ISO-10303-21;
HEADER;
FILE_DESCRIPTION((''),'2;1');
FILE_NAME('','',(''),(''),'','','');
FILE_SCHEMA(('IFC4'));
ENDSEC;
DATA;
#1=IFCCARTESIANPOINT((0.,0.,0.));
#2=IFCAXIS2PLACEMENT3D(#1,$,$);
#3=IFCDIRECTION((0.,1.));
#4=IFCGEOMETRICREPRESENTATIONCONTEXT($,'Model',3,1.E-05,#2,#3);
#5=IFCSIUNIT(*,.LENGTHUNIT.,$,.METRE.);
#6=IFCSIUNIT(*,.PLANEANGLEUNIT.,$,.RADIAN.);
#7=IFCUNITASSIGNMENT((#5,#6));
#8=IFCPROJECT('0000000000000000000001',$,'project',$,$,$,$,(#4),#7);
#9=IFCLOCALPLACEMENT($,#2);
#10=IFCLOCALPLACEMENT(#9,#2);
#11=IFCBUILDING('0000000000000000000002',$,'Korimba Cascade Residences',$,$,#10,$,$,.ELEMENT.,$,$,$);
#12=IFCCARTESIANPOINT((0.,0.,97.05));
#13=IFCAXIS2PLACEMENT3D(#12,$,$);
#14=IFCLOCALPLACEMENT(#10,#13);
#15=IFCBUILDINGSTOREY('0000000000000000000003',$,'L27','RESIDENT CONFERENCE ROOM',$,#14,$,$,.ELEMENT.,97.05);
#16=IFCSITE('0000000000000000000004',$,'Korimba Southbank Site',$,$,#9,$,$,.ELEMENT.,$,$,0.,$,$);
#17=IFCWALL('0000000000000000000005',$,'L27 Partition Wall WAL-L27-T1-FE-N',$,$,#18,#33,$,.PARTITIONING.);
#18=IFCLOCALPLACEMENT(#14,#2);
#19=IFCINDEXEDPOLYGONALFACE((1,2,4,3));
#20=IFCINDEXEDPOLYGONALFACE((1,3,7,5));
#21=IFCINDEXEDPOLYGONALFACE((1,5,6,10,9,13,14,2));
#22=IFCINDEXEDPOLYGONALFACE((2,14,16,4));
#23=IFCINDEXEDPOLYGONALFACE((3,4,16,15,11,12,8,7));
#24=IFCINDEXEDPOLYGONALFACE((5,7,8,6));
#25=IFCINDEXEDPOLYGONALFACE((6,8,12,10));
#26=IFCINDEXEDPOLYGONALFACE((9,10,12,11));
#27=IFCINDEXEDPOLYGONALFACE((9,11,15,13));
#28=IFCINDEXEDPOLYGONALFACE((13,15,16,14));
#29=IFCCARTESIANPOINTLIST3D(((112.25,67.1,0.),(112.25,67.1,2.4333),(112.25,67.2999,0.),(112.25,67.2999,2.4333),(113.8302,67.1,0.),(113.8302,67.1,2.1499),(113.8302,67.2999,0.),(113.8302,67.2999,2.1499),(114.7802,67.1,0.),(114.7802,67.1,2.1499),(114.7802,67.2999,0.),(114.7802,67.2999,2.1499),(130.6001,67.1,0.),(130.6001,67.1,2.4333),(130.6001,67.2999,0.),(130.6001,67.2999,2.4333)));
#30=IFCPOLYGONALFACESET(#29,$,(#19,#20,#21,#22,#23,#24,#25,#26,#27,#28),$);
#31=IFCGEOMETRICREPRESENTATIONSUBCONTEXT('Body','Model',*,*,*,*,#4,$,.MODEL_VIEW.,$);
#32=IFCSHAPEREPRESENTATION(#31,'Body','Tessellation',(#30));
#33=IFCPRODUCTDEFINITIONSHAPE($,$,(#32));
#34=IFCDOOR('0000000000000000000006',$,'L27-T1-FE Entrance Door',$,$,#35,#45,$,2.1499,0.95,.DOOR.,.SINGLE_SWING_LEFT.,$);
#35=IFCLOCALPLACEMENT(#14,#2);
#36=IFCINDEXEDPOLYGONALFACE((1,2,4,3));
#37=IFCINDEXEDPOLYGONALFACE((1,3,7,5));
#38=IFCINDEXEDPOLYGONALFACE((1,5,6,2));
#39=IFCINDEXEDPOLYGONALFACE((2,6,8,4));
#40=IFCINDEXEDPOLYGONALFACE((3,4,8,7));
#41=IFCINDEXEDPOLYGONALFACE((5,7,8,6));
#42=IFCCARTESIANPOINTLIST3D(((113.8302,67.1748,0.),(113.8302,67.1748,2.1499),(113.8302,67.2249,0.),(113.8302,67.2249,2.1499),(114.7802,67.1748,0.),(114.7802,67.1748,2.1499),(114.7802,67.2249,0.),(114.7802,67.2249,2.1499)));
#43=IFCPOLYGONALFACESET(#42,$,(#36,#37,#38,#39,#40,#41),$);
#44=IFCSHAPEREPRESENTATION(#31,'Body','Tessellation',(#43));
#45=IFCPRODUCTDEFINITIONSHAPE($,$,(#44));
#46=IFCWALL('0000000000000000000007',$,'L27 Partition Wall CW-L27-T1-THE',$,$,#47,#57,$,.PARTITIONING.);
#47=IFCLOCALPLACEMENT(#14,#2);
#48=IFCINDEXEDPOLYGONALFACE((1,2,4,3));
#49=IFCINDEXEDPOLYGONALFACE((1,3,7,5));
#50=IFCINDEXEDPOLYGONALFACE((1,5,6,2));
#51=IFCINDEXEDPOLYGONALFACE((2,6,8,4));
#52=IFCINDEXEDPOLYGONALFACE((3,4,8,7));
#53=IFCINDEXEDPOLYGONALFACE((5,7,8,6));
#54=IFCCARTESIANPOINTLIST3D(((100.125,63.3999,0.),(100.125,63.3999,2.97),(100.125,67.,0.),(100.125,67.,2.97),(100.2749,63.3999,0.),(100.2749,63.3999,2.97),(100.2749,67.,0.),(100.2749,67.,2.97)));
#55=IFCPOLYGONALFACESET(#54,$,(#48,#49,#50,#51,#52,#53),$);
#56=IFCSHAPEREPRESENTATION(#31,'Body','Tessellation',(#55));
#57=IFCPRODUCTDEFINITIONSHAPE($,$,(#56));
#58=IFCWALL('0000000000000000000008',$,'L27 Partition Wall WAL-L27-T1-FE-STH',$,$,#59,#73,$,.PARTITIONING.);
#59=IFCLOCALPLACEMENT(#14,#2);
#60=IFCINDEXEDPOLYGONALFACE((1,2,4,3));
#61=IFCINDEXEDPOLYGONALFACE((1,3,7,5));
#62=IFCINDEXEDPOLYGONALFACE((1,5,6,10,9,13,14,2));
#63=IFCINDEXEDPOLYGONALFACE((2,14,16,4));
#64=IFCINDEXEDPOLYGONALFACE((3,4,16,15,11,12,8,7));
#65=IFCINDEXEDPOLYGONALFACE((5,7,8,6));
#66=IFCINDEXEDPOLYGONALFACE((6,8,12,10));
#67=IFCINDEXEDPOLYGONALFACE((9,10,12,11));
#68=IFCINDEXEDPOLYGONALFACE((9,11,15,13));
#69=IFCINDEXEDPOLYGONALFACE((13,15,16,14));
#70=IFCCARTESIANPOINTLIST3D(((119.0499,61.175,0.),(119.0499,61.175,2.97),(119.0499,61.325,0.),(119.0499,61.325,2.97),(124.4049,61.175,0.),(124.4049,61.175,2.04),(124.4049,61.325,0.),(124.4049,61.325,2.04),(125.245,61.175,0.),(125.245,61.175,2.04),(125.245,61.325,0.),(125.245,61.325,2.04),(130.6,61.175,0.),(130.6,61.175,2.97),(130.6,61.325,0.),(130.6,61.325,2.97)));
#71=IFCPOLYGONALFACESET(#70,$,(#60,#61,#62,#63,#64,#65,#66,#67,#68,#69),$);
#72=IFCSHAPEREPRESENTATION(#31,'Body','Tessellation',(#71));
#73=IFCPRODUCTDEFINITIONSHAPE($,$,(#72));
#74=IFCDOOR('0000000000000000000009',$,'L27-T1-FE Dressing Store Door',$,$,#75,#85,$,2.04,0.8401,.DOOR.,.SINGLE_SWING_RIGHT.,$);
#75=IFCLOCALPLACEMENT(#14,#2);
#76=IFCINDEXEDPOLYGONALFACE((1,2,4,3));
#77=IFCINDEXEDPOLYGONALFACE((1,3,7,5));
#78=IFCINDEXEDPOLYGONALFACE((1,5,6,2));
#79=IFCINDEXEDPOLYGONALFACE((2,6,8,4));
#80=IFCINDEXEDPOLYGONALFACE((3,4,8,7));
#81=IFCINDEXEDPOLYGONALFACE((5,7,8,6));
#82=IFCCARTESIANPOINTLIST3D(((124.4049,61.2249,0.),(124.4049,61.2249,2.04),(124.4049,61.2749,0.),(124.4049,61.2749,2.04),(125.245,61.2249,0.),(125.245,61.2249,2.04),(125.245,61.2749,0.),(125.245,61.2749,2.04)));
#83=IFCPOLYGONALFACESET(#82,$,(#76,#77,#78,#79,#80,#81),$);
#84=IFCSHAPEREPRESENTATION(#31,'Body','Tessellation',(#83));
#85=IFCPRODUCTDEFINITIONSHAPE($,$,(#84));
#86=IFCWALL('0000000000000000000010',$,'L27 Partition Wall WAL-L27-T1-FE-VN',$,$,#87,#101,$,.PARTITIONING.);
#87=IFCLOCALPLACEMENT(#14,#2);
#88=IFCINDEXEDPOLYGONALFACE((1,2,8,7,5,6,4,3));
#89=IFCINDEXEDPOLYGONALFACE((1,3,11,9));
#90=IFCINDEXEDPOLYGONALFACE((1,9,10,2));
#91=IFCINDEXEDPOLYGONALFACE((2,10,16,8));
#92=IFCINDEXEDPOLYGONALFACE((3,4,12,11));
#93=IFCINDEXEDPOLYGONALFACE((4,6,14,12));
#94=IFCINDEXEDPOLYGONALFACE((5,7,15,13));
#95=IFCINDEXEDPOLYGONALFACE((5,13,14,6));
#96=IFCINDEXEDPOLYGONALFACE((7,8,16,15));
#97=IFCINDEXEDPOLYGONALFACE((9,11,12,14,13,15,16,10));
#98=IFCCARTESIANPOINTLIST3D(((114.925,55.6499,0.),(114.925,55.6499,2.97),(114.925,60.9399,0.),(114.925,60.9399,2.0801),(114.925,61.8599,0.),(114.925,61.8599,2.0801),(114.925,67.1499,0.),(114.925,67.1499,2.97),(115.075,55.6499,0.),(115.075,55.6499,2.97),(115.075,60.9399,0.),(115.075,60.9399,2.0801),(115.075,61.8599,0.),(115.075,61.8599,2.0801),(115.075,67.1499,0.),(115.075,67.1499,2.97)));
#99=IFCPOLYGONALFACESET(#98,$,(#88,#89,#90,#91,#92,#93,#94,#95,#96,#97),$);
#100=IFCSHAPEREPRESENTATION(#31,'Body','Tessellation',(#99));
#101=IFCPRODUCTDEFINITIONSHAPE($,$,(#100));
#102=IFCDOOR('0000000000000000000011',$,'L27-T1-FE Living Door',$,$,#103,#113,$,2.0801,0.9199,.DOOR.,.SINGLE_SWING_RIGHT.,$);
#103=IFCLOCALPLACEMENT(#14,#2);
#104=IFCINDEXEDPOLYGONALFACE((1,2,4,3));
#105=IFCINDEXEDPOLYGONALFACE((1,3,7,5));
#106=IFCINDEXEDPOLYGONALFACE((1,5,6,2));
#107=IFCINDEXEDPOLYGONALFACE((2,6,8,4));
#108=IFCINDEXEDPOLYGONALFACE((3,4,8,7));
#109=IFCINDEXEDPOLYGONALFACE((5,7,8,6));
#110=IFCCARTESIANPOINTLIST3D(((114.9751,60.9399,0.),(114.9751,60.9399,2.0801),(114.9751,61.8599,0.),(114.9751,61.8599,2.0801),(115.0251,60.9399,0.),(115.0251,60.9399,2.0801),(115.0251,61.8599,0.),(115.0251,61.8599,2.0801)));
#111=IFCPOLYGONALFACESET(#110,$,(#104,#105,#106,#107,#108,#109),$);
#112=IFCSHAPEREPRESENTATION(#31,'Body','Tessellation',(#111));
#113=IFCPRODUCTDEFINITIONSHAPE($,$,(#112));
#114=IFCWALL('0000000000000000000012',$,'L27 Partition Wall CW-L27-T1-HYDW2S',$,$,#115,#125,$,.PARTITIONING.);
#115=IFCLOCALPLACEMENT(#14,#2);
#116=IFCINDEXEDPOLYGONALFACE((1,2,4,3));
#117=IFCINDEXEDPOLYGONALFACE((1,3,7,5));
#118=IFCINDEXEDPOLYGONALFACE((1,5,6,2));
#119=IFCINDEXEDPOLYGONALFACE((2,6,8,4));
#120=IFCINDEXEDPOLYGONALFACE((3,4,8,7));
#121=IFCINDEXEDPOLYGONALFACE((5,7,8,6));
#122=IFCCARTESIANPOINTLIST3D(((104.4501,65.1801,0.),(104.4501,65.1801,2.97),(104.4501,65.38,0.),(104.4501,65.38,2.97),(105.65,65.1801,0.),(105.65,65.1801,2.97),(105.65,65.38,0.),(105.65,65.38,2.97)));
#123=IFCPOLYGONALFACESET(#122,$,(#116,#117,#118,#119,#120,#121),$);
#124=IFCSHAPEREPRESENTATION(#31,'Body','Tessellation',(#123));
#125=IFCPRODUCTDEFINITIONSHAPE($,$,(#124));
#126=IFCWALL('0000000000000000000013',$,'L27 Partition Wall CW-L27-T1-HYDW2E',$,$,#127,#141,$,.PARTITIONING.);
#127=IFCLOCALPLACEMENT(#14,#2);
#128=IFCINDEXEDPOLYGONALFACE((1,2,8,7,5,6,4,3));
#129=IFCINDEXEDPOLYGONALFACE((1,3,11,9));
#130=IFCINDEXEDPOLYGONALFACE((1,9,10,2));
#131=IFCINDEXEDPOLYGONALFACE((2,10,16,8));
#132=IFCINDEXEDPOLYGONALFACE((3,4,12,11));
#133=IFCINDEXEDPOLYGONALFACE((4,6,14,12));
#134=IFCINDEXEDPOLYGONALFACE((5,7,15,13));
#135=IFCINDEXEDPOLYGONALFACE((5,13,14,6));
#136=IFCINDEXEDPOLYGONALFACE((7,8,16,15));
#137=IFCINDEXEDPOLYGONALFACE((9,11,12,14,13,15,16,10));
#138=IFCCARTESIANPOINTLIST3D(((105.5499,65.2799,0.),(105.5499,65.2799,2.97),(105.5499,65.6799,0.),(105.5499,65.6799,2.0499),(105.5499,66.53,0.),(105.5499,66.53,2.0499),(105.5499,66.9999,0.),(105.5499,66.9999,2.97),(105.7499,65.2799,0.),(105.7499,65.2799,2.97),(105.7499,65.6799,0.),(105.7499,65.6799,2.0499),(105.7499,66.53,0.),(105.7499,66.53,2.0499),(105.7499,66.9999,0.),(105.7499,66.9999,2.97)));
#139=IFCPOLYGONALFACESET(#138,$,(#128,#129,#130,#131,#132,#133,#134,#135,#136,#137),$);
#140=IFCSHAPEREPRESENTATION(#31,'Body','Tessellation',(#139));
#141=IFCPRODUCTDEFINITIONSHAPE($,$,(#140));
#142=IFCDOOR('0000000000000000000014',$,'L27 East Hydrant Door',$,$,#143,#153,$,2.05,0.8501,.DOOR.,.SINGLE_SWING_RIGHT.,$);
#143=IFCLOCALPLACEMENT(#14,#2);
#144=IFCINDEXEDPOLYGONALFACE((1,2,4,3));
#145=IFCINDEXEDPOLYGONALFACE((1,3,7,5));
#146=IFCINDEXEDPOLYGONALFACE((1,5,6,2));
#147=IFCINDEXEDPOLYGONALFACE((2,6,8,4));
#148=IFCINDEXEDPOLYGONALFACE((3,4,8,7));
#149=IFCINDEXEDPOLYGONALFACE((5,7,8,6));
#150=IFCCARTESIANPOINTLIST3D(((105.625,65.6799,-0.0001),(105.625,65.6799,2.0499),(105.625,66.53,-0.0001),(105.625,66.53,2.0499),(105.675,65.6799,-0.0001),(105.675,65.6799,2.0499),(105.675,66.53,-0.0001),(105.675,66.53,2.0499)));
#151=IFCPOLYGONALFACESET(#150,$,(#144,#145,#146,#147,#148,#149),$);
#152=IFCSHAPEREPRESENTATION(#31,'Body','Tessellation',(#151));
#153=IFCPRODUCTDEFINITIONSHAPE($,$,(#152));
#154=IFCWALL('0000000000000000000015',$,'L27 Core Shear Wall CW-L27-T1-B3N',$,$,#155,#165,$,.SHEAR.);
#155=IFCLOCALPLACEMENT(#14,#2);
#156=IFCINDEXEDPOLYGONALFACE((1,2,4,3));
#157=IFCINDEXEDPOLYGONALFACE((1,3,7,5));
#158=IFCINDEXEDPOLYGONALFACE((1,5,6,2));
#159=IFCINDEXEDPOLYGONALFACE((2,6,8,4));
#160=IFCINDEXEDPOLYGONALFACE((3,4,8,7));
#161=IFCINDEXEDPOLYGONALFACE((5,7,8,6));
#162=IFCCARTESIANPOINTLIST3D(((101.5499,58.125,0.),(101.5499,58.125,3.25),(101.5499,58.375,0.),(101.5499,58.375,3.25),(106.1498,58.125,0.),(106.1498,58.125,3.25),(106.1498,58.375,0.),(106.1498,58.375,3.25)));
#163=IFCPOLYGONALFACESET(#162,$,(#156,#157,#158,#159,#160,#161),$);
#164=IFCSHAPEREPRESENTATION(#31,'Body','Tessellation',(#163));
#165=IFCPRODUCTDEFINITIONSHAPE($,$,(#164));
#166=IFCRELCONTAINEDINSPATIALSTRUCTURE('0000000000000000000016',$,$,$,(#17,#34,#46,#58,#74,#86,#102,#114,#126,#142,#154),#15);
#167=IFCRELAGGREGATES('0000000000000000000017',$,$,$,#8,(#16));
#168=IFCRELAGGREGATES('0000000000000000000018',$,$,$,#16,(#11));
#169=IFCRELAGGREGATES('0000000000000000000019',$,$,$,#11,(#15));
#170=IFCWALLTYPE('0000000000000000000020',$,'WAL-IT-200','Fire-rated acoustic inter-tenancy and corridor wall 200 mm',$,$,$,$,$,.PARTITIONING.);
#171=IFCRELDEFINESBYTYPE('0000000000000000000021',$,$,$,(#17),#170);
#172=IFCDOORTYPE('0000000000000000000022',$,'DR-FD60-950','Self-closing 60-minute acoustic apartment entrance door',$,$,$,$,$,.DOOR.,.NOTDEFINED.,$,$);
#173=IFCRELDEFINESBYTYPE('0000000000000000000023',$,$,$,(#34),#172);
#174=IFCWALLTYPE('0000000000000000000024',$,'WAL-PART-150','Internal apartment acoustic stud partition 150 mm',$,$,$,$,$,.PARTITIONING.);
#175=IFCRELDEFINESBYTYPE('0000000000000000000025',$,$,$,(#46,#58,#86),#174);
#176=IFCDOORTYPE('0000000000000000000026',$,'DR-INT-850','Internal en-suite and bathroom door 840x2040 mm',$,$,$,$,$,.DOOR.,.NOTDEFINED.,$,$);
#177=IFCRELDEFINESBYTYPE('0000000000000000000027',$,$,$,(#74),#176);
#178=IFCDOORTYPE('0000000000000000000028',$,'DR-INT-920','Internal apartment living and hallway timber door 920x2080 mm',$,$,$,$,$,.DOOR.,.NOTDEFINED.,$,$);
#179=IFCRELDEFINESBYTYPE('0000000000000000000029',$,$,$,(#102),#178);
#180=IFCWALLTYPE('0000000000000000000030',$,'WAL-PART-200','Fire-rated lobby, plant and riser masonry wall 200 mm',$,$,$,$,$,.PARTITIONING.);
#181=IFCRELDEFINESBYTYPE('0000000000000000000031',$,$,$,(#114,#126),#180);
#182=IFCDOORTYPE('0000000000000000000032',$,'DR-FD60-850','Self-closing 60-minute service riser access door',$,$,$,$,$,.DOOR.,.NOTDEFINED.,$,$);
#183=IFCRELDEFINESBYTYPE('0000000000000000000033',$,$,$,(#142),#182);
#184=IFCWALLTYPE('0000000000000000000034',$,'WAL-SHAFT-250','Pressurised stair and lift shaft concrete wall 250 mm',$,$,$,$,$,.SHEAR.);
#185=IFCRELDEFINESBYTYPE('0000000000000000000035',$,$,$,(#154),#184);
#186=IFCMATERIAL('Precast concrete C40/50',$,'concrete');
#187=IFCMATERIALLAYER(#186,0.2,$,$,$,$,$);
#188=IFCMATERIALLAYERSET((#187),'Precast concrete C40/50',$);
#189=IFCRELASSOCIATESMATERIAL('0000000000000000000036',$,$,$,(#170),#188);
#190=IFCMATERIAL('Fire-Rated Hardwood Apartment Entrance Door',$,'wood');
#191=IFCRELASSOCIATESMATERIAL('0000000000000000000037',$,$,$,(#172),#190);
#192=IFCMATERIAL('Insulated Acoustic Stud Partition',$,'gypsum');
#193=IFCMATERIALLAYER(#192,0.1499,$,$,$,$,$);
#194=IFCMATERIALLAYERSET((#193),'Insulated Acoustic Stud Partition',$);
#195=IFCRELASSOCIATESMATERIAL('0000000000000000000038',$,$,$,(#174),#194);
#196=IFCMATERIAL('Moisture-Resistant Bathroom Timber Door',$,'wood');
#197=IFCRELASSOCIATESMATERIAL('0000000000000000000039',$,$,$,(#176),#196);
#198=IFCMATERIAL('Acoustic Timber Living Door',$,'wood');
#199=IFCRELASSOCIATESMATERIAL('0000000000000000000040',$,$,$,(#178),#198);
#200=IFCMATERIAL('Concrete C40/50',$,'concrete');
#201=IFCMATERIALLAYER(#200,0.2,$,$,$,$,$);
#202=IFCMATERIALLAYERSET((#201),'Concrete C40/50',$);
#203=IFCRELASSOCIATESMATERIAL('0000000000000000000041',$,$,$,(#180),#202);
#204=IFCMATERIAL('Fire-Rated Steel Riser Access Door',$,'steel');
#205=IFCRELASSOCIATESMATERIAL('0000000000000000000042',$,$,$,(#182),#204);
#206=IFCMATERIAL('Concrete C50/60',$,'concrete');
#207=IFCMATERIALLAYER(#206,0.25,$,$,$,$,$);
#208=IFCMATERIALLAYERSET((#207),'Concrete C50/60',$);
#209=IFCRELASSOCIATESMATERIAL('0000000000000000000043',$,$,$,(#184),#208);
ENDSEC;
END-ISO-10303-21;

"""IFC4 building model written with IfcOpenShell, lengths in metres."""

from ifc_helpers import new_model, si_unit, direction, frame, frame_2d, origin, place, context, subcontext, project, spatial, rectangle, extrude, material, layer, layer_set, type_object, element, fill, save


model = new_model("IFC4")

# Units and contexts
model_context = context("Model", 3, precision=1e-05, world=origin(), true_north=direction((0.0, 1.0)))
body_context = subcontext(model_context, "Body", "Model", "MODEL_VIEW")
ifc_project = project(units=[si_unit("LENGTHUNIT", "METRE"), si_unit("PLANEANGLEUNIT", "RADIAN")], contexts=[model_context])

# Site, building, storey
site_placement = place(None, origin())
site = spatial("IfcSite", under=ifc_project, at=site_placement, Name="Korimba Southbank Site", CompositionType="ELEMENT", RefElevation=0.0)
building_placement = place(site_placement, origin())
building = spatial("IfcBuilding", under=site, at=building_placement, Name="Korimba Cascade Residences", CompositionType="ELEMENT")
storey_placement = place(building_placement, frame((0.0, 0.0, 97.05)))
storey = spatial("IfcBuildingStorey", under=building, at=storey_placement, Name="L27", Description="RESIDENT CONFERENCE ROOM", CompositionType="ELEMENT", Elevation=97.05)

# Wall, opening, door
ifc_material_1 = material(Name="Precast concrete C40/50", Category="concrete")
ifc_layer_1 = layer(ifc_material_1, 0.2)
ifc_layer_set_1 = layer_set([ifc_layer_1], Name="Precast concrete C40/50")
wall_type_1 = type_object("IfcWallType", Name="WAL-IT-200", Description="Fire-rated acoustic inter-tenancy and corridor wall 200 mm", PredefinedType="PARTITIONING", material=ifc_layer_set_1)
wall_1_placement = place(storey_placement, frame((112.25, 67.2, 0.0), z_axis=(0.0, 0.0, 1.0), x_axis=(1.0, 0.0, 0.0)))
wall_1 = element("IfcWall", 1, at=wall_1_placement, inside=storey, type_object=wall_type_1, Name="L27 Partition Wall WAL-L27-T1-FE-N", PredefinedType="PARTITIONING", context=body_context, shape_type="SweptSolid", body=[
    extrude(rectangle(XDim=18.3501, YDim=0.2, at=frame_2d((9.175, 0.0))), origin(), (0.0, 0.0, 1.0), 2.4333),
])
opening_1_placement = place(wall_1_placement, frame((1.5801, 0.0, 0.0)))
opening_1 = element("IfcOpeningElement", 2, at=opening_1_placement, cuts=wall_1, PredefinedType="OPENING", context=body_context, shape_type="SweptSolid", body=[
    extrude(rectangle(XDim=0.95, YDim=2.1499, at=frame_2d((0.4751, 1.075))), frame((0.0, 0.1099, 0.0), z_axis=(0.0, -1.0, 0.0), x_axis=(1.0, 0.0, 0.0)), (0.0, 0.0, 1.0), 0.22),
])
ifc_material_2 = material(Name="Fire-Rated Hardwood Apartment Entrance Door", Category="wood")
door_type_1 = type_object("IfcDoorType", Name="DR-FD60-950", Description="Self-closing 60-minute acoustic apartment entrance door", OperationType="NOTDEFINED", PredefinedType="DOOR", material=ifc_material_2)
door_1_placement = place(opening_1_placement, origin())
door_1 = element("IfcDoor", 3, at=door_1_placement, inside=storey, type_object=door_type_1, Name="L27-T1-FE Entrance Door", OperationType="SINGLE_SWING_LEFT", OverallHeight=2.1499, OverallWidth=0.95, PredefinedType="DOOR", context=body_context, shape_type="SweptSolid", body=[
    extrude(rectangle(XDim=0.95, YDim=2.1499, at=frame_2d((0.4751, 1.075))), frame((0.0, 0.0249, 0.0), z_axis=(0.0, -1.0, 0.0), x_axis=(1.0, 0.0, 0.0)), (0.0, 0.0, 1.0), 0.05),
])
fill(opening_1, door_1)

# Wall
ifc_material_3 = material(Name="Insulated Acoustic Stud Partition", Category="gypsum")
ifc_layer_2 = layer(ifc_material_3, 0.1499)
ifc_layer_set_2 = layer_set([ifc_layer_2], Name="Insulated Acoustic Stud Partition")
wall_type_2 = type_object("IfcWallType", Name="WAL-PART-150", Description="Internal apartment acoustic stud partition 150 mm", PredefinedType="PARTITIONING", material=ifc_layer_set_2)
wall_2_placement = place(storey_placement, frame((100.2, 63.3999, 0.0), z_axis=(0.0, 0.0, 1.0), x_axis=(0.0, 1.0, 0.0)))
element("IfcWall", 4, at=wall_2_placement, inside=storey, type_object=wall_type_2, Name="L27 Partition Wall CW-L27-T1-THE", PredefinedType="PARTITIONING", context=body_context, shape_type="SweptSolid", body=[
    extrude(rectangle(XDim=3.6001, YDim=0.1499, at=frame_2d((1.8, 0.0))), origin(), (0.0, 0.0, 1.0), 2.97),
])

# Walls, openings, doors
wall_3_placement = place(storey_placement, frame((119.05, 61.25, 0.0), z_axis=(0.0, 0.0, 1.0), x_axis=(1.0, 0.0, 0.0)))
wall_3 = element("IfcWall", 5, at=wall_3_placement, inside=storey, type_object=wall_type_2, Name="L27 Partition Wall WAL-L27-T1-FE-STH", PredefinedType="PARTITIONING", context=body_context, shape_type="SweptSolid", body=[
    extrude(rectangle(XDim=11.55, YDim=0.1499, at=frame_2d((5.7749, 0.0))), origin(), (0.0, 0.0, 1.0), 2.97),
])
opening_2_placement = place(wall_3_placement, frame((5.355, 0.0, 0.0)))
opening_2 = element("IfcOpeningElement", 6, at=opening_2_placement, cuts=wall_3, PredefinedType="OPENING", context=body_context, shape_type="SweptSolid", body=[
    extrude(rectangle(XDim=0.8401, YDim=2.04, at=frame_2d((0.4199, 1.02))), frame((0.0, 0.085, 0.0), z_axis=(0.0, -1.0, 0.0), x_axis=(1.0, 0.0, 0.0)), (0.0, 0.0, 1.0), 0.1699),
])
ifc_material_4 = material(Name="Moisture-Resistant Bathroom Timber Door", Category="wood")
door_type_2 = type_object("IfcDoorType", Name="DR-INT-850", Description="Internal en-suite and bathroom door 840x2040 mm", OperationType="NOTDEFINED", PredefinedType="DOOR", material=ifc_material_4)
door_2_placement = place(opening_2_placement, origin())
door_2 = element("IfcDoor", 7, at=door_2_placement, inside=storey, type_object=door_type_2, Name="L27-T1-FE Dressing Store Door", OperationType="SINGLE_SWING_RIGHT", OverallHeight=2.04, OverallWidth=0.8401, PredefinedType="DOOR", context=body_context, shape_type="SweptSolid", body=[
    extrude(rectangle(XDim=0.8401, YDim=2.04, at=frame_2d((0.4199, 1.02))), frame((0.0, 0.0249, 0.0), z_axis=(0.0, -1.0, 0.0), x_axis=(1.0, 0.0, 0.0)), (0.0, 0.0, 1.0), 0.05),
])
fill(opening_2, door_2)
wall_4_placement = place(storey_placement, frame((115.0, 55.6499, 0.0), z_axis=(0.0, 0.0, 1.0), x_axis=(0.0, 1.0, 0.0)))
wall_4 = element("IfcWall", 8, at=wall_4_placement, inside=storey, type_object=wall_type_2, Name="L27 Partition Wall WAL-L27-T1-FE-VN", PredefinedType="PARTITIONING", context=body_context, shape_type="SweptSolid", body=[
    extrude(rectangle(XDim=11.5, YDim=0.1499, at=frame_2d((5.75, 0.0))), origin(), (0.0, 0.0, 1.0), 2.97),
])
opening_3_placement = place(wall_4_placement, frame((5.29, 0.0, 0.0)))
opening_3 = element("IfcOpeningElement", 9, at=opening_3_placement, cuts=wall_4, PredefinedType="OPENING", context=body_context, shape_type="SweptSolid", body=[
    extrude(rectangle(XDim=0.9199, YDim=2.0801, at=frame_2d((0.46, 1.04))), frame((0.0, 0.085, 0.0), z_axis=(0.0, -1.0, 0.0), x_axis=(1.0, 0.0, 0.0)), (0.0, 0.0, 1.0), 0.1699),
])
ifc_material_5 = material(Name="Acoustic Timber Living Door", Category="wood")
door_type_3 = type_object("IfcDoorType", Name="DR-INT-920", Description="Internal apartment living and hallway timber door 920x2080 mm", OperationType="NOTDEFINED", PredefinedType="DOOR", material=ifc_material_5)
door_3_placement = place(opening_3_placement, origin())
door_3 = element("IfcDoor", 10, at=door_3_placement, inside=storey, type_object=door_type_3, Name="L27-T1-FE Living Door", OperationType="SINGLE_SWING_RIGHT", OverallHeight=2.0801, OverallWidth=0.9199, PredefinedType="DOOR", context=body_context, shape_type="SweptSolid", body=[
    extrude(rectangle(XDim=0.9199, YDim=2.0801, at=frame_2d((0.46, 1.04))), frame((0.0, 0.0249, 0.0), z_axis=(0.0, -1.0, 0.0), x_axis=(1.0, 0.0, 0.0)), (0.0, 0.0, 1.0), 0.05),
])
fill(opening_3, door_3)

# Wall
ifc_material_6 = material(Name="Concrete C40/50", Category="concrete")
ifc_layer_3 = layer(ifc_material_6, 0.2)
ifc_layer_set_3 = layer_set([ifc_layer_3], Name="Concrete C40/50")
wall_type_3 = type_object("IfcWallType", Name="WAL-PART-200", Description="Fire-rated lobby, plant and riser masonry wall 200 mm", PredefinedType="PARTITIONING", material=ifc_layer_set_3)
wall_5_placement = place(storey_placement, frame((104.45, 65.28, 0.0), z_axis=(0.0, 0.0, 1.0), x_axis=(1.0, 0.0, 0.0)))
element("IfcWall", 11, at=wall_5_placement, inside=storey, type_object=wall_type_3, Name="L27 Partition Wall CW-L27-T1-HYDW2S", PredefinedType="PARTITIONING", context=body_context, shape_type="SweptSolid", body=[
    extrude(rectangle(XDim=1.2, YDim=0.2, at=frame_2d((0.6001, 0.0))), origin(), (0.0, 0.0, 1.0), 2.97),
])

# Wall, opening, door
wall_6_placement = place(storey_placement, frame((105.6499, 65.28, 0.0), z_axis=(0.0, 0.0, 1.0), x_axis=(0.0, 1.0, 0.0)))
wall_6 = element("IfcWall", 12, at=wall_6_placement, inside=storey, type_object=wall_type_3, Name="L27 Partition Wall CW-L27-T1-HYDW2E", PredefinedType="PARTITIONING", context=body_context, shape_type="SweptSolid", body=[
    extrude(rectangle(XDim=1.72, YDim=0.2, at=frame_2d((0.8599, 0.0))), origin(), (0.0, 0.0, 1.0), 2.97),
])
opening_4_placement = place(wall_6_placement, frame((0.3999, 0.0, 0.0)))
opening_4 = element("IfcOpeningElement", 13, at=opening_4_placement, cuts=wall_6, PredefinedType="OPENING", context=body_context, shape_type="SweptSolid", body=[
    extrude(rectangle(XDim=0.8501, YDim=2.05, at=frame_2d((0.425, 1.0249))), frame((0.0, 0.1099, 0.0), z_axis=(0.0, -1.0, 0.0), x_axis=(1.0, 0.0, 0.0)), (0.0, 0.0, 1.0), 0.22),
])
ifc_material_7 = material(Name="Fire-Rated Steel Riser Access Door", Category="steel")
door_type_4 = type_object("IfcDoorType", Name="DR-FD60-850", Description="Self-closing 60-minute service riser access door", OperationType="NOTDEFINED", PredefinedType="DOOR", material=ifc_material_7)
door_4_placement = place(opening_4_placement, origin())
door_4 = element("IfcDoor", 14, at=door_4_placement, inside=storey, type_object=door_type_4, Name="L27 East Hydrant Door", OperationType="SINGLE_SWING_RIGHT", OverallHeight=2.05, OverallWidth=0.8501, PredefinedType="DOOR", context=body_context, shape_type="SweptSolid", body=[
    extrude(rectangle(XDim=0.8501, YDim=2.05, at=frame_2d((0.425, 1.0249))), frame((0.0, 0.0249, 0.0), z_axis=(0.0, -1.0, 0.0), x_axis=(1.0, 0.0, 0.0)), (0.0, 0.0, 1.0), 0.05),
])
fill(opening_4, door_4)

# Wall
ifc_material_8 = material(Name="Concrete C50/60", Category="concrete")
ifc_layer_4 = layer(ifc_material_8, 0.25)
ifc_layer_set_4 = layer_set([ifc_layer_4], Name="Concrete C50/60")
wall_type_4 = type_object("IfcWallType", Name="WAL-SHAFT-250", Description="Pressurised stair and lift shaft concrete wall 250 mm", PredefinedType="SHEAR", material=ifc_layer_set_4)
wall_7_placement = place(storey_placement, frame((101.55, 58.25, 0.0), z_axis=(0.0, 0.0, 1.0), x_axis=(1.0, 0.0, 0.0)))
element("IfcWall", 15, at=wall_7_placement, inside=storey, type_object=wall_type_4, Name="L27 Core Shear Wall CW-L27-T1-B3N", PredefinedType="SHEAR", context=body_context, shape_type="SweptSolid", body=[
    extrude(rectangle(XDim=4.5999, YDim=0.25, at=frame_2d((2.2998, 0.0))), origin(), (0.0, 0.0, 1.0), 3.25),
])

save(model, "model.ifc")
